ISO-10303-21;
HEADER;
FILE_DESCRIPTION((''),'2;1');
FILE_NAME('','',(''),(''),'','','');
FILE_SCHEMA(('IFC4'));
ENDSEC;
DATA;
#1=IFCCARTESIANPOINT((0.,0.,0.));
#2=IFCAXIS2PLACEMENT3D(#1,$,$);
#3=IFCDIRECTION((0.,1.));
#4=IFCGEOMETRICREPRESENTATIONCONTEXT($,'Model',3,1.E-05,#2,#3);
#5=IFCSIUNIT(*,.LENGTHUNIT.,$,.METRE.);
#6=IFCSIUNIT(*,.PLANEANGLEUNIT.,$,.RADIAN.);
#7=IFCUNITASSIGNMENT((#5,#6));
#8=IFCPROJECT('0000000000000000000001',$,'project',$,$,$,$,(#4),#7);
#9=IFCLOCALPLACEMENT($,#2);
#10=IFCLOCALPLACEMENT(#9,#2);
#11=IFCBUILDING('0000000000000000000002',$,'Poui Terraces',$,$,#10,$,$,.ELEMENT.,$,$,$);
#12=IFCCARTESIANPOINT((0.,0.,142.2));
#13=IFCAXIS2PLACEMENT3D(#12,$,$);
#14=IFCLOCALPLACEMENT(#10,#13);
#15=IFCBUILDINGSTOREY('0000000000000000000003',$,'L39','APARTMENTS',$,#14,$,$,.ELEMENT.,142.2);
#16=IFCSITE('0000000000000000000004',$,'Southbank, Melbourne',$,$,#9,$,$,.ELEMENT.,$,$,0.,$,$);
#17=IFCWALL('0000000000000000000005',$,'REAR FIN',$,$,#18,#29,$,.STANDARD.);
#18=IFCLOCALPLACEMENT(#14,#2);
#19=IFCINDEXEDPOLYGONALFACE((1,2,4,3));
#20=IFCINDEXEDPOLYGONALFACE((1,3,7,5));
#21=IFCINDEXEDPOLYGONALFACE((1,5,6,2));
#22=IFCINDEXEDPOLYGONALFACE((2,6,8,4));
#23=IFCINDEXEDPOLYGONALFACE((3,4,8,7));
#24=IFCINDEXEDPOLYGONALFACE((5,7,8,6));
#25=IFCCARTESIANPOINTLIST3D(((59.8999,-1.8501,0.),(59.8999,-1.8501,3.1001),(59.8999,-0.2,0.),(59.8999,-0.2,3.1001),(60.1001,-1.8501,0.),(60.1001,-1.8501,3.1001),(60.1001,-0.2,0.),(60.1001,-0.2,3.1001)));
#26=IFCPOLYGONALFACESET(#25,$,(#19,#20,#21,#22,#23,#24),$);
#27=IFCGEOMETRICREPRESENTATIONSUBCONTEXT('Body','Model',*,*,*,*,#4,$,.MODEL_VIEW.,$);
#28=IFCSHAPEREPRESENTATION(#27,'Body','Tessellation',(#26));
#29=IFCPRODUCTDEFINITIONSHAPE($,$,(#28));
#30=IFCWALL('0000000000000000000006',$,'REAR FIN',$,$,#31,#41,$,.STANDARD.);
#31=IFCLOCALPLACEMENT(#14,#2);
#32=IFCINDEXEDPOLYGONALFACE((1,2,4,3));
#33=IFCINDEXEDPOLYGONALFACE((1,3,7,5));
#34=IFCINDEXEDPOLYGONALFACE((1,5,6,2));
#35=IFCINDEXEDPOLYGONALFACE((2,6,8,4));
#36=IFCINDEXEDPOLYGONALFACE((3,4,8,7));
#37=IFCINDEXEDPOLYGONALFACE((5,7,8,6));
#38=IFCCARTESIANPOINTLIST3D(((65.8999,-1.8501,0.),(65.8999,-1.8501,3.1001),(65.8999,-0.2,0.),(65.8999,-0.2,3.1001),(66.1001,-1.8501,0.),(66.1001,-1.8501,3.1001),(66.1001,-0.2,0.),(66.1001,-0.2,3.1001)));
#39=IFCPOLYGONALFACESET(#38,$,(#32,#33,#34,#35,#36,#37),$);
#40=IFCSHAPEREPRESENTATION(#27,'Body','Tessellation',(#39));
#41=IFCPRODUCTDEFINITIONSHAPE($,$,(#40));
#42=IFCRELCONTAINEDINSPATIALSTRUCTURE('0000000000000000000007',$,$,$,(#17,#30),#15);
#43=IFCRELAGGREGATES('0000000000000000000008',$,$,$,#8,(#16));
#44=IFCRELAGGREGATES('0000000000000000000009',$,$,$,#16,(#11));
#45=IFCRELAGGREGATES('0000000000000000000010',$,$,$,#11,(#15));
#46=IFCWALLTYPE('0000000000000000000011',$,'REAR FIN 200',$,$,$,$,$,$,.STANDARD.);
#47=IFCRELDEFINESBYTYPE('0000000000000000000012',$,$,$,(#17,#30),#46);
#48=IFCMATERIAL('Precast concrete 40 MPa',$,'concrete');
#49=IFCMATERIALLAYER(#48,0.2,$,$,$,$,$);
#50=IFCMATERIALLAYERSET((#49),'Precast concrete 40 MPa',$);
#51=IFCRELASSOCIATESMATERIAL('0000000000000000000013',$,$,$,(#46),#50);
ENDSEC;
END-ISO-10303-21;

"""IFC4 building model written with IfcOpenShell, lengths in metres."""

from ifc_helpers import new_model, si_unit, direction, frame, origin, place, context, subcontext, project, spatial, polyline, outline, extrude, source, transform, mapped, material, layer, layer_set, type_object, element, save


model = new_model("IFC4")

# Units and contexts
model_context = context("Model", 3, precision=1e-05, world=origin(), true_north=direction((0.0, 1.0)))
body_context = subcontext(model_context, "Body", "Model", "MODEL_VIEW")
ifc_project = project(units=[si_unit("LENGTHUNIT", "METRE"), si_unit("PLANEANGLEUNIT", "RADIAN")], contexts=[model_context])

# Site, building, storey
site_placement = place(None, origin())
site = spatial("IfcSite", under=ifc_project, at=site_placement, Name="Southbank, Melbourne", CompositionType="ELEMENT", RefElevation=0.0)
building_placement = place(site_placement, origin())
building = spatial("IfcBuilding", under=site, at=building_placement, Name="Poui Terraces", CompositionType="ELEMENT")
storey_placement = place(building_placement, frame((0.0, 0.0, 142.2)))
storey = spatial("IfcBuildingStorey", under=building, at=storey_placement, Name="L39", Description="APARTMENTS", CompositionType="ELEMENT", Elevation=142.2)

# Shared definitions
ifc_material_1 = material(Name="Precast concrete 40 MPa", Category="concrete")

# Walls
ifc_layer_1 = layer(ifc_material_1, 0.2)
ifc_layer_set_1 = layer_set([ifc_layer_1], Name="Precast concrete 40 MPa")
wall_type_1 = type_object("IfcWallType", Name="REAR FIN 200", PredefinedType="STANDARD", material=ifc_layer_set_1)
shared_shape_1 = source(origin(), body_context, "Body", "SweptSolid", [
    extrude(outline(polyline([(0.0, 0.0), (0.2002, 0.0), (0.2002, 1.6501), (0.0, 1.6501), (0.0, 0.0)])), origin(), (0.0, 0.0, 1.0), 3.1001),
])
for number, where, name in (
    (1, (59.8999, -1.8501, 0.0), "REAR FIN"),
    (2, (65.8999, -1.8501, 0.0), "REAR FIN"),
):
    element("IfcWall", number, at=place(storey_placement, frame(where)), inside=storey, type_object=wall_type_1, Name=name, PredefinedType="STANDARD", context=body_context, shape_type="MappedRepresentation", body=[
        mapped(shared_shape_1, transform((0.0, 0.0, 0.0))),
    ])

save(model, "model.ifc")
